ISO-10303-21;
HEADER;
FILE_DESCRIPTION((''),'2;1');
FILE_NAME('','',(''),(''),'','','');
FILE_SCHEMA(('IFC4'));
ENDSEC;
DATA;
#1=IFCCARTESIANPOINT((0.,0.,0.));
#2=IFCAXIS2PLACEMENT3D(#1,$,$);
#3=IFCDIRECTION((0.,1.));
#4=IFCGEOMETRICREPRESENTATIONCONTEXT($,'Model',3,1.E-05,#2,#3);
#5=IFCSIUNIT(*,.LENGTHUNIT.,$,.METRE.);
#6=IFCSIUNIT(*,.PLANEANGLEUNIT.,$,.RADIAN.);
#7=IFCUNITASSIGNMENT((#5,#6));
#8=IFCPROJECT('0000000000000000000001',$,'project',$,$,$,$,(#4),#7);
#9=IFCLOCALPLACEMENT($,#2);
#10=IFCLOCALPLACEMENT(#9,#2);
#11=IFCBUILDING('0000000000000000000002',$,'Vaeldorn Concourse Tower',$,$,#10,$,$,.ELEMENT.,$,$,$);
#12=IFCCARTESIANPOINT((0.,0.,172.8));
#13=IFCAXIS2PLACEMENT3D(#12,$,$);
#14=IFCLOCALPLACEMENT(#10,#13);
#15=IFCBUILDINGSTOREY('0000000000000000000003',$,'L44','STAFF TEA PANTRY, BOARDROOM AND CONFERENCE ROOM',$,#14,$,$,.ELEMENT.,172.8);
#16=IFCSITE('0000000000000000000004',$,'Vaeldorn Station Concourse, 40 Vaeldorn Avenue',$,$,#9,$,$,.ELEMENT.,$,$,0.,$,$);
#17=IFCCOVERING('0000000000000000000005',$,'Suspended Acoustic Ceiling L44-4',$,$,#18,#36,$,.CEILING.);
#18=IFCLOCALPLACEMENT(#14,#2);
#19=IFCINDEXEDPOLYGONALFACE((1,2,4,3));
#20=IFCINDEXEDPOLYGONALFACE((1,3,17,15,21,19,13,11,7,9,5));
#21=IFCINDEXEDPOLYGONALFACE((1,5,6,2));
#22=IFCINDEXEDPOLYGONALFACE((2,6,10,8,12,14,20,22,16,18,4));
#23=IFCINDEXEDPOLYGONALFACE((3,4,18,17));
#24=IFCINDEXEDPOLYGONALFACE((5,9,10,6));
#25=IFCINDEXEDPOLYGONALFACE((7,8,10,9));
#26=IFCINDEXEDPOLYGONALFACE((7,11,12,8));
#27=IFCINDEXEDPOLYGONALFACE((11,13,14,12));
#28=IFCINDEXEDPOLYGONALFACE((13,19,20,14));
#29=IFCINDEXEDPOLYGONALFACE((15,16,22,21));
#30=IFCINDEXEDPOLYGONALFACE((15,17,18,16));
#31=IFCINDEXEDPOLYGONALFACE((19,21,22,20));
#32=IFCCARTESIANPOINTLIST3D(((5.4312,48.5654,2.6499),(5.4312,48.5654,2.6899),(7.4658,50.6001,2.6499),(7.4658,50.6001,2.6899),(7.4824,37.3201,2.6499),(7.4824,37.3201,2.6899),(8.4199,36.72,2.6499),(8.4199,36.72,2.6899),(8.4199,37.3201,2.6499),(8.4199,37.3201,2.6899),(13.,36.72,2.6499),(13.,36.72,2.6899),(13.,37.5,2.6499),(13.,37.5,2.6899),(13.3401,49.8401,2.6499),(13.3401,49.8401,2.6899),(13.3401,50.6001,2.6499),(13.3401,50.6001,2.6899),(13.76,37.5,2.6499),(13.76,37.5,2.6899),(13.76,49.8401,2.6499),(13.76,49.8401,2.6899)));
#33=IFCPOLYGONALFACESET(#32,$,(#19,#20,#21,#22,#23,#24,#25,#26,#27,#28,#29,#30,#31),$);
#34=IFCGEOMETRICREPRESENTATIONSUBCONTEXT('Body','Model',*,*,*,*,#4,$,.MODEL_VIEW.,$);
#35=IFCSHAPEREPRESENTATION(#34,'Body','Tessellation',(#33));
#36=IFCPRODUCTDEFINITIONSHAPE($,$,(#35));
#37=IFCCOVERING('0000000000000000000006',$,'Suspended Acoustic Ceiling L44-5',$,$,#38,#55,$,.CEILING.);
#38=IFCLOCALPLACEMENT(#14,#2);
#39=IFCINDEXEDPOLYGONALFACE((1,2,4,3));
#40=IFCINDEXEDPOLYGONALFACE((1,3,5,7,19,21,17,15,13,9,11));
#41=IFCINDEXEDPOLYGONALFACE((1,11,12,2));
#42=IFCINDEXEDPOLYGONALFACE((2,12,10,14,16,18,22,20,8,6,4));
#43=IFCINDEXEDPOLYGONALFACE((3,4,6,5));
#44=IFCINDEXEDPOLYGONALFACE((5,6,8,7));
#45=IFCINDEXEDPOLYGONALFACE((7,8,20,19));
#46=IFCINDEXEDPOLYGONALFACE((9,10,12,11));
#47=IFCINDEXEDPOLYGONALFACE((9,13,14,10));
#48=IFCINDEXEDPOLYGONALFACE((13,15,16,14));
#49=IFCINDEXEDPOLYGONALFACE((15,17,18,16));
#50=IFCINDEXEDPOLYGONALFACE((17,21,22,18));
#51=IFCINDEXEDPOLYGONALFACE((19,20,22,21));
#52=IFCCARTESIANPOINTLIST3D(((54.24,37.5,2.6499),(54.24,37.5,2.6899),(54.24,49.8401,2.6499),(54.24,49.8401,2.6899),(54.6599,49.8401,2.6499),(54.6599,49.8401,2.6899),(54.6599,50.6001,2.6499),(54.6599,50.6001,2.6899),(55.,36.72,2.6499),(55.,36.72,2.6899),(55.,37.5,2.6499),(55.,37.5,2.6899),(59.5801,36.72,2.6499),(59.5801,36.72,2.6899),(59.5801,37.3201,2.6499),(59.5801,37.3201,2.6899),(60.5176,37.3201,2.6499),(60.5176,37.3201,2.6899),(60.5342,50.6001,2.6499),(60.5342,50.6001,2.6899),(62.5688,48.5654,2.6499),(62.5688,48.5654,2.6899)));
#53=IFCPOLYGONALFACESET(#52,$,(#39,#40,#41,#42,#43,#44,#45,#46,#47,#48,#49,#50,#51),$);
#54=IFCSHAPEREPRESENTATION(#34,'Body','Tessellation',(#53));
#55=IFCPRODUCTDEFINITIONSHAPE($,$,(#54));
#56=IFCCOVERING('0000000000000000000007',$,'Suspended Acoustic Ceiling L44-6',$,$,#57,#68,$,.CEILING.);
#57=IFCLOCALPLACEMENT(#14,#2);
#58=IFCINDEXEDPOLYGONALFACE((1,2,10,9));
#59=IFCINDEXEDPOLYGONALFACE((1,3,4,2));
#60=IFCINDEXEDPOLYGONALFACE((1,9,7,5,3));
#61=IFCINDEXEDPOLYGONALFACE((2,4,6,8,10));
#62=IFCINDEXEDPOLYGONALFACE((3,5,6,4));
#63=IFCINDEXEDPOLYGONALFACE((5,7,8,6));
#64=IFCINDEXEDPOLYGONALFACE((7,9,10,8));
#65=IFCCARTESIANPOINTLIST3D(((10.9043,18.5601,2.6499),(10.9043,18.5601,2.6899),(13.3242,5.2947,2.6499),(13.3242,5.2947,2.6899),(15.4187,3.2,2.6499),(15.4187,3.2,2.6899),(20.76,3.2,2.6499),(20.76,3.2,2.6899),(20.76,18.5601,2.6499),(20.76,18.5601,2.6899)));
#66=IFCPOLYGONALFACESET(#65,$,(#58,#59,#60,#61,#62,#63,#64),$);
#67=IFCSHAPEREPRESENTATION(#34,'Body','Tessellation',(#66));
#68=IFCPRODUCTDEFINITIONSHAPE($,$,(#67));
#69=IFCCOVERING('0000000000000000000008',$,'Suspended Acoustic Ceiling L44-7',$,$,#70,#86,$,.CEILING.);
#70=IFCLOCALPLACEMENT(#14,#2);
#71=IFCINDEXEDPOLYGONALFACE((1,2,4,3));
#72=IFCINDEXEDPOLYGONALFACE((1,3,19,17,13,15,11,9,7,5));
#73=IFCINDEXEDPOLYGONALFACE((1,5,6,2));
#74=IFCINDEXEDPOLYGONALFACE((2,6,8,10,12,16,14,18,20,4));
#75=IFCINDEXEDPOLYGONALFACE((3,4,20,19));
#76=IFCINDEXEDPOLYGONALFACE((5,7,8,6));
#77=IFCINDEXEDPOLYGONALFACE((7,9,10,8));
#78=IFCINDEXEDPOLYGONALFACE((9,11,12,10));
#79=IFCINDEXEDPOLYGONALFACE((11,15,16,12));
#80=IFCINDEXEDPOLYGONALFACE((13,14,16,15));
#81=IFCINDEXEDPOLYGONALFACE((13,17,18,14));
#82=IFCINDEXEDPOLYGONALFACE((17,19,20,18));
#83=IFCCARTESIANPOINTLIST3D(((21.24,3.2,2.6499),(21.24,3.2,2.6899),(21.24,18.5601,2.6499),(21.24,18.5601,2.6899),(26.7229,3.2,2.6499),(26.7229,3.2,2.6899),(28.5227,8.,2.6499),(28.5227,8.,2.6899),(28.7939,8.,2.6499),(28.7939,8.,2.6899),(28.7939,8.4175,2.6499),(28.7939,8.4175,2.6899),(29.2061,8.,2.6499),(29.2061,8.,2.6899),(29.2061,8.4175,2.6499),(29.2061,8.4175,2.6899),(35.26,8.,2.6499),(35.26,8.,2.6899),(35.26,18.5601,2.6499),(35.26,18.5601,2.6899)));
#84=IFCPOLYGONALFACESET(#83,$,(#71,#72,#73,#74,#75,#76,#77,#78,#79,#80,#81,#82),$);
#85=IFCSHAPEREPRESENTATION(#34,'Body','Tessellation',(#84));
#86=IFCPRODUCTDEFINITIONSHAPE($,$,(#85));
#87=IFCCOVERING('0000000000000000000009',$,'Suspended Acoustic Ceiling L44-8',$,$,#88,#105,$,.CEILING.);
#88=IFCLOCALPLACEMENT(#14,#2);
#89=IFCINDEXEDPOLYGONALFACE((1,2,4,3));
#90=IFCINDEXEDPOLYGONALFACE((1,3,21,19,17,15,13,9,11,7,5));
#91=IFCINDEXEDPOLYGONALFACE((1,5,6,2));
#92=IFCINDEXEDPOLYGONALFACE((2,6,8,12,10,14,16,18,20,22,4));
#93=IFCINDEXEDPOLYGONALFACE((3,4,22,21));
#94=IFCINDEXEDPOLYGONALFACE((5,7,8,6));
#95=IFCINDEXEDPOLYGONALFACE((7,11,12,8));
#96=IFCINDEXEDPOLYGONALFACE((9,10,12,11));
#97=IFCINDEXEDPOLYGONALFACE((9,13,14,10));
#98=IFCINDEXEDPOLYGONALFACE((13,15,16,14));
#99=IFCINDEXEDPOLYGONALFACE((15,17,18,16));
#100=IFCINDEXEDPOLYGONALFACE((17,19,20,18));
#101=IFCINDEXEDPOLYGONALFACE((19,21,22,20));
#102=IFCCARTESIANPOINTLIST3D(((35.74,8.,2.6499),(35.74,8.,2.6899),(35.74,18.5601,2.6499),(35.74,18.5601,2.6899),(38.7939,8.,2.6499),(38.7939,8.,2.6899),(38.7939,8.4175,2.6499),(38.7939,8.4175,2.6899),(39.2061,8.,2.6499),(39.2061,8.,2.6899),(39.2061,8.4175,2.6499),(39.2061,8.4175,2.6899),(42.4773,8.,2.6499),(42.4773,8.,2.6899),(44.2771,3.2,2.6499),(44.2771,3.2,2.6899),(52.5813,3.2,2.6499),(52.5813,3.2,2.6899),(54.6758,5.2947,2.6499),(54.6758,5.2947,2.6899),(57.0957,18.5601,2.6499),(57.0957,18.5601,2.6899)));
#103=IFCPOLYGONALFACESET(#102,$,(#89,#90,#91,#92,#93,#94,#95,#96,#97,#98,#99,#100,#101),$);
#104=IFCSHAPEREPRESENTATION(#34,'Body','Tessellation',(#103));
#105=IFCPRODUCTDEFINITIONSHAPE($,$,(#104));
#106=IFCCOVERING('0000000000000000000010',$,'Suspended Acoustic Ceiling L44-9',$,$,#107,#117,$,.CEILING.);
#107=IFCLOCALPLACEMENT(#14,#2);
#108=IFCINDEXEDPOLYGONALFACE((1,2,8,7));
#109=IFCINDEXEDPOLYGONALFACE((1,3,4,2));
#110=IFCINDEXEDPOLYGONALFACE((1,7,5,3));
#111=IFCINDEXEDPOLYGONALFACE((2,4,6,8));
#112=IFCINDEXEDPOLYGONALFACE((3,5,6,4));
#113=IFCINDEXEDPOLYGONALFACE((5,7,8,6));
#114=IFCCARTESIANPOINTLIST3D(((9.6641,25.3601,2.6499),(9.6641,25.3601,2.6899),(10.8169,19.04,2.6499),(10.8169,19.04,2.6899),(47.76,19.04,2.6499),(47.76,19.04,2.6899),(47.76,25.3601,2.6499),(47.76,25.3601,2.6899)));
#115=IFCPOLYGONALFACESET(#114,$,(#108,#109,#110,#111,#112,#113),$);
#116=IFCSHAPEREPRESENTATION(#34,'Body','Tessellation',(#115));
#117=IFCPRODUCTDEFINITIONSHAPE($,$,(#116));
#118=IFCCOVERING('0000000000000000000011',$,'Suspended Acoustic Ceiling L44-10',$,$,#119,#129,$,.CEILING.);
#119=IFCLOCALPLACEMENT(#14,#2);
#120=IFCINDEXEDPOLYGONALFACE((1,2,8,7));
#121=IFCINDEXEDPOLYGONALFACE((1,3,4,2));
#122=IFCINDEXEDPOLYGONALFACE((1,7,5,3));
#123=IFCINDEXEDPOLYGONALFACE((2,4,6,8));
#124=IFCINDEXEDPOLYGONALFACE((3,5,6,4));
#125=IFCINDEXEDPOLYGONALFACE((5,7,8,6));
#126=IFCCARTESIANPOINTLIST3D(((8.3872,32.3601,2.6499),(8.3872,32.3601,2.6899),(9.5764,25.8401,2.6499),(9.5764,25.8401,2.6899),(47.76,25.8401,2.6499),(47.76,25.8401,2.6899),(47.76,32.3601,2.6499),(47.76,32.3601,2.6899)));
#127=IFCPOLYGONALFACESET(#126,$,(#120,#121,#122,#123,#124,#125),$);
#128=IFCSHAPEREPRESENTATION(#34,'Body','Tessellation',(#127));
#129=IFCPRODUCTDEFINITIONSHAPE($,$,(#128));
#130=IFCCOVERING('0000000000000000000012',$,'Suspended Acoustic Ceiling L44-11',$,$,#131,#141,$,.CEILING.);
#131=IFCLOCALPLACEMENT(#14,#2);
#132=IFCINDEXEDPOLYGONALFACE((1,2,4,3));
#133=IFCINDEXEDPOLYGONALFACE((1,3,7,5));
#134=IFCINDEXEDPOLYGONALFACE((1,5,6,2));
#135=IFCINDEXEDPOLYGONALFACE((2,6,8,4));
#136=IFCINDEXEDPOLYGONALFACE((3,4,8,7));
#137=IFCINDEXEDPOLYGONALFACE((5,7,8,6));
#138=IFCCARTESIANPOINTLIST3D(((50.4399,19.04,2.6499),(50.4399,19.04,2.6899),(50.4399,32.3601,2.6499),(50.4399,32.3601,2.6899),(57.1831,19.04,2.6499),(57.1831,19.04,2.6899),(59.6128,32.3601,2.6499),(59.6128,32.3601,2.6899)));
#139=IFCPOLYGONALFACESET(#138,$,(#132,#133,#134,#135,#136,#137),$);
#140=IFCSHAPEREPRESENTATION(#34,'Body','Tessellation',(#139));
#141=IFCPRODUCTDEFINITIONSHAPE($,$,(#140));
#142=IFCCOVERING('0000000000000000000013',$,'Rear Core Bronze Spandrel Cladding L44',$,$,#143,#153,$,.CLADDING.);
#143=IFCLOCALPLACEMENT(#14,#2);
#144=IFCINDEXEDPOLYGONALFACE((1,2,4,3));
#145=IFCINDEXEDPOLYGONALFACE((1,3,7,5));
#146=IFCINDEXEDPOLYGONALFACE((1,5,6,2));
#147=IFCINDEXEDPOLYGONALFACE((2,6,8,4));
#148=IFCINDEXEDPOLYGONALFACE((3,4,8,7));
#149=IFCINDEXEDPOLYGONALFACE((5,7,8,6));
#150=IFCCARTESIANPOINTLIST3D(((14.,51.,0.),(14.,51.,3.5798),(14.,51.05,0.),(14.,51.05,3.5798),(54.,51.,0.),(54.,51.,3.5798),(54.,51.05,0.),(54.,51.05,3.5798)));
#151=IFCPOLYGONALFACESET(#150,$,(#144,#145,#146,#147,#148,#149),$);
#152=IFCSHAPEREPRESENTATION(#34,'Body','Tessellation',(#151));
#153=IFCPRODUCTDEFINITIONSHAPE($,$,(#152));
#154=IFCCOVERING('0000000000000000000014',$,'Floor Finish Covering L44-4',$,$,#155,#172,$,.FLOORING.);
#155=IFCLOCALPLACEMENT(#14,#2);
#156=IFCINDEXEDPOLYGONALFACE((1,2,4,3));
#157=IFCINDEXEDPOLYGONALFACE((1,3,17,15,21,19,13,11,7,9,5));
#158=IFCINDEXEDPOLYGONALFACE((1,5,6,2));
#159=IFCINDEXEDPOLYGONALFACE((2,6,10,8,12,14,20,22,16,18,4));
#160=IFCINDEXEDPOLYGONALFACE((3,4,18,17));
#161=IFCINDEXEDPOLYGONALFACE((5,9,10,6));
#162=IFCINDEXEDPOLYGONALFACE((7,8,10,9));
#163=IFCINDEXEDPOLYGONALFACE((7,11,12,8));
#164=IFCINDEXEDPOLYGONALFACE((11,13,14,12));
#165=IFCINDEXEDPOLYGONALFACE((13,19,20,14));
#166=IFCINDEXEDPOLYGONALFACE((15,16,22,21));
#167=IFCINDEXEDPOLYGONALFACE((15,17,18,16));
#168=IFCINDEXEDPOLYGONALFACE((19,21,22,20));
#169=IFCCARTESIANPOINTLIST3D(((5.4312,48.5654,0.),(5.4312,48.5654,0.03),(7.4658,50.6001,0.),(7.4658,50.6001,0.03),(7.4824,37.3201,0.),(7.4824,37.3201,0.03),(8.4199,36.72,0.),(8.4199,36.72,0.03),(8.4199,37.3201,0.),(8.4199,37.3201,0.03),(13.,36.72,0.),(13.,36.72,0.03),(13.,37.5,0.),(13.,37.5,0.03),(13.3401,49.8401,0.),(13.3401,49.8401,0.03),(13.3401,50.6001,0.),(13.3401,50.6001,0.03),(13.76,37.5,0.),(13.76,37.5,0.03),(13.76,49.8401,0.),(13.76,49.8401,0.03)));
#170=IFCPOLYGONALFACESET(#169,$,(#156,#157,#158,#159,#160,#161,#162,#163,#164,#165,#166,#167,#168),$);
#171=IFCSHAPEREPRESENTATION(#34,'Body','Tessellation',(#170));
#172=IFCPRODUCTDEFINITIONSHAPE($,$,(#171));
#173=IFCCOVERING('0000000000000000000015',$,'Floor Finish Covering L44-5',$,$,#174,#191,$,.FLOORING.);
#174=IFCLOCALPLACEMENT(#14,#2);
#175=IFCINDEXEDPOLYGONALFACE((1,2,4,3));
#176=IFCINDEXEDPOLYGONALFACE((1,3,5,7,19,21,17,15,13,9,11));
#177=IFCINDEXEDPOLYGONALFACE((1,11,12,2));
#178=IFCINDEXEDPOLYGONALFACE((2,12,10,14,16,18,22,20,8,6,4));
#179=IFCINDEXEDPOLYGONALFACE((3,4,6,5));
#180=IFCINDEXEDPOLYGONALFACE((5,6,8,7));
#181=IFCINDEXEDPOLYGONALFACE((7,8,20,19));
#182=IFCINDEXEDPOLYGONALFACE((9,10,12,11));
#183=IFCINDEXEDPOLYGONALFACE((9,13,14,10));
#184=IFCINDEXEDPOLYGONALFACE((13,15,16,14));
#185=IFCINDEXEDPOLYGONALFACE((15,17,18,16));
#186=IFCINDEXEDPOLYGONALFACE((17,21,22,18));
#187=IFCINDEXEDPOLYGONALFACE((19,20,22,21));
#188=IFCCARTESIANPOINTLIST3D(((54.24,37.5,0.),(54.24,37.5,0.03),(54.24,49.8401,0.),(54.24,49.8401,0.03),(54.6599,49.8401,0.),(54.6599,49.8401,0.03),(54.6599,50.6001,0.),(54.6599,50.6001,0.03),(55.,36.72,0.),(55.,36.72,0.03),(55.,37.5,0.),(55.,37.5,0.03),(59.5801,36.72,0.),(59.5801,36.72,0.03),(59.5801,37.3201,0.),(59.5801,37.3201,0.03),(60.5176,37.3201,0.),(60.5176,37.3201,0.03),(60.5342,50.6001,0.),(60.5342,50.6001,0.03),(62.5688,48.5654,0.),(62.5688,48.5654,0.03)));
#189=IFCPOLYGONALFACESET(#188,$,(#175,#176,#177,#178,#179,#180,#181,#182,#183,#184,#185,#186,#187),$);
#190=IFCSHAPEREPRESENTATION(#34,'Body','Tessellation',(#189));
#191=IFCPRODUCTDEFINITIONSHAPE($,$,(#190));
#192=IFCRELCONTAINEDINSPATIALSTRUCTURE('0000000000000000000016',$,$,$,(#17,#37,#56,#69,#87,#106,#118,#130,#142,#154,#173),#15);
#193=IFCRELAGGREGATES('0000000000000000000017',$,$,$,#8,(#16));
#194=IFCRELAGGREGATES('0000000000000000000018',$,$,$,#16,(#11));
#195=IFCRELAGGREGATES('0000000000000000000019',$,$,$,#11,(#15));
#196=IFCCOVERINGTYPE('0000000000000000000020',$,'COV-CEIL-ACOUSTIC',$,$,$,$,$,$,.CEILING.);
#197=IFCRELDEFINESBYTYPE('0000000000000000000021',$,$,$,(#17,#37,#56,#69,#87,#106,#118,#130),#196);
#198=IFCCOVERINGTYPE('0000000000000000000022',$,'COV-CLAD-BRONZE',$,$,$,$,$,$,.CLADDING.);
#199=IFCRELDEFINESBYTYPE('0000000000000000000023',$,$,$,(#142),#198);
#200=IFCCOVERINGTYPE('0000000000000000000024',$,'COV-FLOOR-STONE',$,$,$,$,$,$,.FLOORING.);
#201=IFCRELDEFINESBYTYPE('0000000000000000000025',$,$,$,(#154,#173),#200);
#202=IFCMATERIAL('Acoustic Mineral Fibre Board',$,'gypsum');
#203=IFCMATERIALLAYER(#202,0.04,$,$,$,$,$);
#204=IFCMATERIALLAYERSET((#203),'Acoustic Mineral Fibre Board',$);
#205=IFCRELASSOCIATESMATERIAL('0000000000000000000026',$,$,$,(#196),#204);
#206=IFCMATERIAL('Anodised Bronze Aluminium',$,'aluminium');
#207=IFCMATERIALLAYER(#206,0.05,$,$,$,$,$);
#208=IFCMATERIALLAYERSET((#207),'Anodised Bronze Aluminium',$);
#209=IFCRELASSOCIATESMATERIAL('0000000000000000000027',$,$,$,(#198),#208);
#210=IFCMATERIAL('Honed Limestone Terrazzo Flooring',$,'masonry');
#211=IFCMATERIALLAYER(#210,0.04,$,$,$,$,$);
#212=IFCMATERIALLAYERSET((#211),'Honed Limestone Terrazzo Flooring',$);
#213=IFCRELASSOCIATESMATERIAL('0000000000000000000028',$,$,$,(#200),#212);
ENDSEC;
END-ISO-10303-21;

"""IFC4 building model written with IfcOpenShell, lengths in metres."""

from ifc_helpers import new_model, si_unit, direction, frame, origin, place, context, subcontext, project, spatial, polyline, outline, extrude, material, layer, layer_set, type_object, element, save


model = new_model("IFC4")

# Units and contexts
model_context = context("Model", 3, precision=1e-05, world=origin(), true_north=direction((0.0, 1.0)))
body_context = subcontext(model_context, "Body", "Model", "MODEL_VIEW")
ifc_project = project(units=[si_unit("LENGTHUNIT", "METRE"), si_unit("PLANEANGLEUNIT", "RADIAN")], contexts=[model_context])

# Site, building, storey
site_placement = place(None, origin())
site = spatial("IfcSite", under=ifc_project, at=site_placement, Name="Vaeldorn Station Concourse, 40 Vaeldorn Avenue", CompositionType="ELEMENT", RefElevation=0.0)
building_placement = place(site_placement, origin())
building = spatial("IfcBuilding", under=site, at=building_placement, Name="Vaeldorn Concourse Tower", CompositionType="ELEMENT")
storey_placement = place(building_placement, frame((0.0, 0.0, 172.8)))
storey = spatial("IfcBuildingStorey", under=building, at=storey_placement, Name="L44", Description="STAFF TEA PANTRY, BOARDROOM AND CONFERENCE ROOM", CompositionType="ELEMENT", Elevation=172.8)

# Shared definitions
ifc_material_1 = material(Name="Anodised Bronze Aluminium", Category="aluminium")

# Coverings
ifc_material_2 = material(Name="Acoustic Mineral Fibre Board", Category="gypsum")
ifc_layer_1 = layer(ifc_material_2, 0.04)
ifc_layer_set_1 = layer_set([ifc_layer_1], Name="Acoustic Mineral Fibre Board")
covering_type_1 = type_object("IfcCoveringType", Name="COV-CEIL-ACOUSTIC", PredefinedType="CEILING", material=ifc_layer_set_1)
covering_1_placement = place(storey_placement, frame((0.0, 0.0, 2.6499)))
element("IfcCovering", 1, at=covering_1_placement, inside=storey, type_object=covering_type_1, Name="Suspended Acoustic Ceiling L44-4", PredefinedType="CEILING", context=body_context, shape_type="SweptSolid", body=[
    extrude(outline(polyline([(7.4658, 50.6001), (13.3401, 50.6001), (13.3401, 49.8401), (13.76, 49.8401), (13.76, 37.5), (13.0, 37.5), (13.0, 36.72), (8.4199, 36.72), (8.4199, 37.3201), (7.4824, 37.3201), (5.4312, 48.5654), (7.4658, 50.6001)])), origin(), (0.0, 0.0, 1.0), 0.04),
])
covering_2_placement = place(storey_placement, frame((0.0, 0.0, 2.6499)))
element("IfcCovering", 2, at=covering_2_placement, inside=storey, type_object=covering_type_1, Name="Suspended Acoustic Ceiling L44-5", PredefinedType="CEILING", context=body_context, shape_type="SweptSolid", body=[
    extrude(outline(polyline([(54.6599, 49.8401), (54.6599, 50.6001), (60.5342, 50.6001), (62.5688, 48.5654), (60.5176, 37.3201), (59.5801, 37.3201), (59.5801, 36.72), (55.0, 36.72), (55.0, 37.5), (54.24, 37.5), (54.24, 49.8401), (54.6599, 49.8401)])), origin(), (0.0, 0.0, 1.0), 0.04),
])
covering_3_placement = place(storey_placement, frame((0.0, 0.0, 2.6499)))
element("IfcCovering", 3, at=covering_3_placement, inside=storey, type_object=covering_type_1, Name="Suspended Acoustic Ceiling L44-6", PredefinedType="CEILING", context=body_context, shape_type="SweptSolid", body=[
    extrude(outline(polyline([(20.76, 18.5601), (20.76, 3.2), (15.4187, 3.2), (13.3242, 5.2947), (10.9043, 18.5601), (20.76, 18.5601)])), origin(), (0.0, 0.0, 1.0), 0.04),
])
covering_4_placement = place(storey_placement, frame((0.0, 0.0, 2.6499)))
element("IfcCovering", 4, at=covering_4_placement, inside=storey, type_object=covering_type_1, Name="Suspended Acoustic Ceiling L44-7", PredefinedType="CEILING", context=body_context, shape_type="SweptSolid", body=[
    extrude(outline(polyline([(26.7229, 3.2), (21.24, 3.2), (21.24, 18.5601), (35.26, 18.5601), (35.26, 8.0), (29.2061, 8.0), (29.2061, 8.4175), (28.7939, 8.4175), (28.7939, 8.0), (28.5227, 8.0), (26.7229, 3.2)])), origin(), (0.0, 0.0, 1.0), 0.04),
])
covering_5_placement = place(storey_placement, frame((0.0, 0.0, 2.6499)))
element("IfcCovering", 5, at=covering_5_placement, inside=storey, type_object=covering_type_1, Name="Suspended Acoustic Ceiling L44-8", PredefinedType="CEILING", context=body_context, shape_type="SweptSolid", body=[
    extrude(outline(polyline([(35.74, 18.5601), (57.0957, 18.5601), (54.6758, 5.2947), (52.5813, 3.2), (44.2771, 3.2), (42.4773, 8.0), (39.2061, 8.0), (39.2061, 8.4175), (38.7939, 8.4175), (38.7939, 8.0), (35.74, 8.0), (35.74, 18.5601)])), origin(), (0.0, 0.0, 1.0), 0.04),
])
covering_6_placement = place(storey_placement, frame((0.0, 0.0, 2.6499)))
element("IfcCovering", 6, at=covering_6_placement, inside=storey, type_object=covering_type_1, Name="Suspended Acoustic Ceiling L44-9", PredefinedType="CEILING", context=body_context, shape_type="SweptSolid", body=[
    extrude(outline(polyline([(47.76, 25.3601), (47.76, 19.04), (10.8169, 19.04), (9.6641, 25.3601), (47.76, 25.3601)])), origin(), (0.0, 0.0, 1.0), 0.04),
])
covering_7_placement = place(storey_placement, frame((0.0, 0.0, 2.6499)))
element("IfcCovering", 7, at=covering_7_placement, inside=storey, type_object=covering_type_1, Name="Suspended Acoustic Ceiling L44-10", PredefinedType="CEILING", context=body_context, shape_type="SweptSolid", body=[
    extrude(outline(polyline([(47.76, 32.3601), (47.76, 25.8401), (9.5764, 25.8401), (8.3872, 32.3601), (47.76, 32.3601)])), origin(), (0.0, 0.0, 1.0), 0.04),
])
covering_8_placement = place(storey_placement, frame((0.0, 0.0, 2.6499)))
element("IfcCovering", 8, at=covering_8_placement, inside=storey, type_object=covering_type_1, Name="Suspended Acoustic Ceiling L44-11", PredefinedType="CEILING", context=body_context, shape_type="SweptSolid", body=[
    extrude(outline(polyline([(50.4399, 19.04), (50.4399, 32.3601), (59.6128, 32.3601), (57.1831, 19.04), (50.4399, 19.04)])), origin(), (0.0, 0.0, 1.0), 0.04),
])
ifc_layer_2 = layer(ifc_material_1, 0.05)
ifc_layer_set_2 = layer_set([ifc_layer_2], Name="Anodised Bronze Aluminium")
covering_type_2 = type_object("IfcCoveringType", Name="COV-CLAD-BRONZE", PredefinedType="CLADDING", material=ifc_layer_set_2)
covering_9_placement = place(storey_placement, origin())
element("IfcCovering", 9, at=covering_9_placement, inside=storey, type_object=covering_type_2, Name="Rear Core Bronze Spandrel Cladding L44", PredefinedType="CLADDING", context=body_context, shape_type="SweptSolid", body=[
    extrude(outline(polyline([(14.0, 51.0), (54.0, 51.0), (54.0, 51.05), (14.0, 51.05), (14.0, 51.0)])), origin(), (0.0, 0.0, 1.0), 3.5798),
])
ifc_material_3 = material(Name="Honed Limestone Terrazzo Flooring", Category="masonry")
ifc_layer_3 = layer(ifc_material_3, 0.04)
ifc_layer_set_3 = layer_set([ifc_layer_3], Name="Honed Limestone Terrazzo Flooring")
covering_type_3 = type_object("IfcCoveringType", Name="COV-FLOOR-STONE", PredefinedType="FLOORING", material=ifc_layer_set_3)
covering_10_placement = place(storey_placement, origin())
element("IfcCovering", 10, at=covering_10_placement, inside=storey, type_object=covering_type_3, Name="Floor Finish Covering L44-4", PredefinedType="FLOORING", context=body_context, shape_type="SweptSolid", body=[
    extrude(outline(polyline([(7.4658, 50.6001), (13.3401, 50.6001), (13.3401, 49.8401), (13.76, 49.8401), (13.76, 37.5), (13.0, 37.5), (13.0, 36.72), (8.4199, 36.72), (8.4199, 37.3201), (7.4824, 37.3201), (5.4312, 48.5654), (7.4658, 50.6001)])), origin(), (0.0, 0.0, 1.0), 0.03),
])
covering_11_placement = place(storey_placement, origin())
element("IfcCovering", 11, at=covering_11_placement, inside=storey, type_object=covering_type_3, Name="Floor Finish Covering L44-5", PredefinedType="FLOORING", context=body_context, shape_type="SweptSolid", body=[
    extrude(outline(polyline([(54.6599, 49.8401), (54.6599, 50.6001), (60.5342, 50.6001), (62.5688, 48.5654), (60.5176, 37.3201), (59.5801, 37.3201), (59.5801, 36.72), (55.0, 36.72), (55.0, 37.5), (54.24, 37.5), (54.24, 49.8401), (54.6599, 49.8401)])), origin(), (0.0, 0.0, 1.0), 0.03),
])

save(model, "model.ifc")
